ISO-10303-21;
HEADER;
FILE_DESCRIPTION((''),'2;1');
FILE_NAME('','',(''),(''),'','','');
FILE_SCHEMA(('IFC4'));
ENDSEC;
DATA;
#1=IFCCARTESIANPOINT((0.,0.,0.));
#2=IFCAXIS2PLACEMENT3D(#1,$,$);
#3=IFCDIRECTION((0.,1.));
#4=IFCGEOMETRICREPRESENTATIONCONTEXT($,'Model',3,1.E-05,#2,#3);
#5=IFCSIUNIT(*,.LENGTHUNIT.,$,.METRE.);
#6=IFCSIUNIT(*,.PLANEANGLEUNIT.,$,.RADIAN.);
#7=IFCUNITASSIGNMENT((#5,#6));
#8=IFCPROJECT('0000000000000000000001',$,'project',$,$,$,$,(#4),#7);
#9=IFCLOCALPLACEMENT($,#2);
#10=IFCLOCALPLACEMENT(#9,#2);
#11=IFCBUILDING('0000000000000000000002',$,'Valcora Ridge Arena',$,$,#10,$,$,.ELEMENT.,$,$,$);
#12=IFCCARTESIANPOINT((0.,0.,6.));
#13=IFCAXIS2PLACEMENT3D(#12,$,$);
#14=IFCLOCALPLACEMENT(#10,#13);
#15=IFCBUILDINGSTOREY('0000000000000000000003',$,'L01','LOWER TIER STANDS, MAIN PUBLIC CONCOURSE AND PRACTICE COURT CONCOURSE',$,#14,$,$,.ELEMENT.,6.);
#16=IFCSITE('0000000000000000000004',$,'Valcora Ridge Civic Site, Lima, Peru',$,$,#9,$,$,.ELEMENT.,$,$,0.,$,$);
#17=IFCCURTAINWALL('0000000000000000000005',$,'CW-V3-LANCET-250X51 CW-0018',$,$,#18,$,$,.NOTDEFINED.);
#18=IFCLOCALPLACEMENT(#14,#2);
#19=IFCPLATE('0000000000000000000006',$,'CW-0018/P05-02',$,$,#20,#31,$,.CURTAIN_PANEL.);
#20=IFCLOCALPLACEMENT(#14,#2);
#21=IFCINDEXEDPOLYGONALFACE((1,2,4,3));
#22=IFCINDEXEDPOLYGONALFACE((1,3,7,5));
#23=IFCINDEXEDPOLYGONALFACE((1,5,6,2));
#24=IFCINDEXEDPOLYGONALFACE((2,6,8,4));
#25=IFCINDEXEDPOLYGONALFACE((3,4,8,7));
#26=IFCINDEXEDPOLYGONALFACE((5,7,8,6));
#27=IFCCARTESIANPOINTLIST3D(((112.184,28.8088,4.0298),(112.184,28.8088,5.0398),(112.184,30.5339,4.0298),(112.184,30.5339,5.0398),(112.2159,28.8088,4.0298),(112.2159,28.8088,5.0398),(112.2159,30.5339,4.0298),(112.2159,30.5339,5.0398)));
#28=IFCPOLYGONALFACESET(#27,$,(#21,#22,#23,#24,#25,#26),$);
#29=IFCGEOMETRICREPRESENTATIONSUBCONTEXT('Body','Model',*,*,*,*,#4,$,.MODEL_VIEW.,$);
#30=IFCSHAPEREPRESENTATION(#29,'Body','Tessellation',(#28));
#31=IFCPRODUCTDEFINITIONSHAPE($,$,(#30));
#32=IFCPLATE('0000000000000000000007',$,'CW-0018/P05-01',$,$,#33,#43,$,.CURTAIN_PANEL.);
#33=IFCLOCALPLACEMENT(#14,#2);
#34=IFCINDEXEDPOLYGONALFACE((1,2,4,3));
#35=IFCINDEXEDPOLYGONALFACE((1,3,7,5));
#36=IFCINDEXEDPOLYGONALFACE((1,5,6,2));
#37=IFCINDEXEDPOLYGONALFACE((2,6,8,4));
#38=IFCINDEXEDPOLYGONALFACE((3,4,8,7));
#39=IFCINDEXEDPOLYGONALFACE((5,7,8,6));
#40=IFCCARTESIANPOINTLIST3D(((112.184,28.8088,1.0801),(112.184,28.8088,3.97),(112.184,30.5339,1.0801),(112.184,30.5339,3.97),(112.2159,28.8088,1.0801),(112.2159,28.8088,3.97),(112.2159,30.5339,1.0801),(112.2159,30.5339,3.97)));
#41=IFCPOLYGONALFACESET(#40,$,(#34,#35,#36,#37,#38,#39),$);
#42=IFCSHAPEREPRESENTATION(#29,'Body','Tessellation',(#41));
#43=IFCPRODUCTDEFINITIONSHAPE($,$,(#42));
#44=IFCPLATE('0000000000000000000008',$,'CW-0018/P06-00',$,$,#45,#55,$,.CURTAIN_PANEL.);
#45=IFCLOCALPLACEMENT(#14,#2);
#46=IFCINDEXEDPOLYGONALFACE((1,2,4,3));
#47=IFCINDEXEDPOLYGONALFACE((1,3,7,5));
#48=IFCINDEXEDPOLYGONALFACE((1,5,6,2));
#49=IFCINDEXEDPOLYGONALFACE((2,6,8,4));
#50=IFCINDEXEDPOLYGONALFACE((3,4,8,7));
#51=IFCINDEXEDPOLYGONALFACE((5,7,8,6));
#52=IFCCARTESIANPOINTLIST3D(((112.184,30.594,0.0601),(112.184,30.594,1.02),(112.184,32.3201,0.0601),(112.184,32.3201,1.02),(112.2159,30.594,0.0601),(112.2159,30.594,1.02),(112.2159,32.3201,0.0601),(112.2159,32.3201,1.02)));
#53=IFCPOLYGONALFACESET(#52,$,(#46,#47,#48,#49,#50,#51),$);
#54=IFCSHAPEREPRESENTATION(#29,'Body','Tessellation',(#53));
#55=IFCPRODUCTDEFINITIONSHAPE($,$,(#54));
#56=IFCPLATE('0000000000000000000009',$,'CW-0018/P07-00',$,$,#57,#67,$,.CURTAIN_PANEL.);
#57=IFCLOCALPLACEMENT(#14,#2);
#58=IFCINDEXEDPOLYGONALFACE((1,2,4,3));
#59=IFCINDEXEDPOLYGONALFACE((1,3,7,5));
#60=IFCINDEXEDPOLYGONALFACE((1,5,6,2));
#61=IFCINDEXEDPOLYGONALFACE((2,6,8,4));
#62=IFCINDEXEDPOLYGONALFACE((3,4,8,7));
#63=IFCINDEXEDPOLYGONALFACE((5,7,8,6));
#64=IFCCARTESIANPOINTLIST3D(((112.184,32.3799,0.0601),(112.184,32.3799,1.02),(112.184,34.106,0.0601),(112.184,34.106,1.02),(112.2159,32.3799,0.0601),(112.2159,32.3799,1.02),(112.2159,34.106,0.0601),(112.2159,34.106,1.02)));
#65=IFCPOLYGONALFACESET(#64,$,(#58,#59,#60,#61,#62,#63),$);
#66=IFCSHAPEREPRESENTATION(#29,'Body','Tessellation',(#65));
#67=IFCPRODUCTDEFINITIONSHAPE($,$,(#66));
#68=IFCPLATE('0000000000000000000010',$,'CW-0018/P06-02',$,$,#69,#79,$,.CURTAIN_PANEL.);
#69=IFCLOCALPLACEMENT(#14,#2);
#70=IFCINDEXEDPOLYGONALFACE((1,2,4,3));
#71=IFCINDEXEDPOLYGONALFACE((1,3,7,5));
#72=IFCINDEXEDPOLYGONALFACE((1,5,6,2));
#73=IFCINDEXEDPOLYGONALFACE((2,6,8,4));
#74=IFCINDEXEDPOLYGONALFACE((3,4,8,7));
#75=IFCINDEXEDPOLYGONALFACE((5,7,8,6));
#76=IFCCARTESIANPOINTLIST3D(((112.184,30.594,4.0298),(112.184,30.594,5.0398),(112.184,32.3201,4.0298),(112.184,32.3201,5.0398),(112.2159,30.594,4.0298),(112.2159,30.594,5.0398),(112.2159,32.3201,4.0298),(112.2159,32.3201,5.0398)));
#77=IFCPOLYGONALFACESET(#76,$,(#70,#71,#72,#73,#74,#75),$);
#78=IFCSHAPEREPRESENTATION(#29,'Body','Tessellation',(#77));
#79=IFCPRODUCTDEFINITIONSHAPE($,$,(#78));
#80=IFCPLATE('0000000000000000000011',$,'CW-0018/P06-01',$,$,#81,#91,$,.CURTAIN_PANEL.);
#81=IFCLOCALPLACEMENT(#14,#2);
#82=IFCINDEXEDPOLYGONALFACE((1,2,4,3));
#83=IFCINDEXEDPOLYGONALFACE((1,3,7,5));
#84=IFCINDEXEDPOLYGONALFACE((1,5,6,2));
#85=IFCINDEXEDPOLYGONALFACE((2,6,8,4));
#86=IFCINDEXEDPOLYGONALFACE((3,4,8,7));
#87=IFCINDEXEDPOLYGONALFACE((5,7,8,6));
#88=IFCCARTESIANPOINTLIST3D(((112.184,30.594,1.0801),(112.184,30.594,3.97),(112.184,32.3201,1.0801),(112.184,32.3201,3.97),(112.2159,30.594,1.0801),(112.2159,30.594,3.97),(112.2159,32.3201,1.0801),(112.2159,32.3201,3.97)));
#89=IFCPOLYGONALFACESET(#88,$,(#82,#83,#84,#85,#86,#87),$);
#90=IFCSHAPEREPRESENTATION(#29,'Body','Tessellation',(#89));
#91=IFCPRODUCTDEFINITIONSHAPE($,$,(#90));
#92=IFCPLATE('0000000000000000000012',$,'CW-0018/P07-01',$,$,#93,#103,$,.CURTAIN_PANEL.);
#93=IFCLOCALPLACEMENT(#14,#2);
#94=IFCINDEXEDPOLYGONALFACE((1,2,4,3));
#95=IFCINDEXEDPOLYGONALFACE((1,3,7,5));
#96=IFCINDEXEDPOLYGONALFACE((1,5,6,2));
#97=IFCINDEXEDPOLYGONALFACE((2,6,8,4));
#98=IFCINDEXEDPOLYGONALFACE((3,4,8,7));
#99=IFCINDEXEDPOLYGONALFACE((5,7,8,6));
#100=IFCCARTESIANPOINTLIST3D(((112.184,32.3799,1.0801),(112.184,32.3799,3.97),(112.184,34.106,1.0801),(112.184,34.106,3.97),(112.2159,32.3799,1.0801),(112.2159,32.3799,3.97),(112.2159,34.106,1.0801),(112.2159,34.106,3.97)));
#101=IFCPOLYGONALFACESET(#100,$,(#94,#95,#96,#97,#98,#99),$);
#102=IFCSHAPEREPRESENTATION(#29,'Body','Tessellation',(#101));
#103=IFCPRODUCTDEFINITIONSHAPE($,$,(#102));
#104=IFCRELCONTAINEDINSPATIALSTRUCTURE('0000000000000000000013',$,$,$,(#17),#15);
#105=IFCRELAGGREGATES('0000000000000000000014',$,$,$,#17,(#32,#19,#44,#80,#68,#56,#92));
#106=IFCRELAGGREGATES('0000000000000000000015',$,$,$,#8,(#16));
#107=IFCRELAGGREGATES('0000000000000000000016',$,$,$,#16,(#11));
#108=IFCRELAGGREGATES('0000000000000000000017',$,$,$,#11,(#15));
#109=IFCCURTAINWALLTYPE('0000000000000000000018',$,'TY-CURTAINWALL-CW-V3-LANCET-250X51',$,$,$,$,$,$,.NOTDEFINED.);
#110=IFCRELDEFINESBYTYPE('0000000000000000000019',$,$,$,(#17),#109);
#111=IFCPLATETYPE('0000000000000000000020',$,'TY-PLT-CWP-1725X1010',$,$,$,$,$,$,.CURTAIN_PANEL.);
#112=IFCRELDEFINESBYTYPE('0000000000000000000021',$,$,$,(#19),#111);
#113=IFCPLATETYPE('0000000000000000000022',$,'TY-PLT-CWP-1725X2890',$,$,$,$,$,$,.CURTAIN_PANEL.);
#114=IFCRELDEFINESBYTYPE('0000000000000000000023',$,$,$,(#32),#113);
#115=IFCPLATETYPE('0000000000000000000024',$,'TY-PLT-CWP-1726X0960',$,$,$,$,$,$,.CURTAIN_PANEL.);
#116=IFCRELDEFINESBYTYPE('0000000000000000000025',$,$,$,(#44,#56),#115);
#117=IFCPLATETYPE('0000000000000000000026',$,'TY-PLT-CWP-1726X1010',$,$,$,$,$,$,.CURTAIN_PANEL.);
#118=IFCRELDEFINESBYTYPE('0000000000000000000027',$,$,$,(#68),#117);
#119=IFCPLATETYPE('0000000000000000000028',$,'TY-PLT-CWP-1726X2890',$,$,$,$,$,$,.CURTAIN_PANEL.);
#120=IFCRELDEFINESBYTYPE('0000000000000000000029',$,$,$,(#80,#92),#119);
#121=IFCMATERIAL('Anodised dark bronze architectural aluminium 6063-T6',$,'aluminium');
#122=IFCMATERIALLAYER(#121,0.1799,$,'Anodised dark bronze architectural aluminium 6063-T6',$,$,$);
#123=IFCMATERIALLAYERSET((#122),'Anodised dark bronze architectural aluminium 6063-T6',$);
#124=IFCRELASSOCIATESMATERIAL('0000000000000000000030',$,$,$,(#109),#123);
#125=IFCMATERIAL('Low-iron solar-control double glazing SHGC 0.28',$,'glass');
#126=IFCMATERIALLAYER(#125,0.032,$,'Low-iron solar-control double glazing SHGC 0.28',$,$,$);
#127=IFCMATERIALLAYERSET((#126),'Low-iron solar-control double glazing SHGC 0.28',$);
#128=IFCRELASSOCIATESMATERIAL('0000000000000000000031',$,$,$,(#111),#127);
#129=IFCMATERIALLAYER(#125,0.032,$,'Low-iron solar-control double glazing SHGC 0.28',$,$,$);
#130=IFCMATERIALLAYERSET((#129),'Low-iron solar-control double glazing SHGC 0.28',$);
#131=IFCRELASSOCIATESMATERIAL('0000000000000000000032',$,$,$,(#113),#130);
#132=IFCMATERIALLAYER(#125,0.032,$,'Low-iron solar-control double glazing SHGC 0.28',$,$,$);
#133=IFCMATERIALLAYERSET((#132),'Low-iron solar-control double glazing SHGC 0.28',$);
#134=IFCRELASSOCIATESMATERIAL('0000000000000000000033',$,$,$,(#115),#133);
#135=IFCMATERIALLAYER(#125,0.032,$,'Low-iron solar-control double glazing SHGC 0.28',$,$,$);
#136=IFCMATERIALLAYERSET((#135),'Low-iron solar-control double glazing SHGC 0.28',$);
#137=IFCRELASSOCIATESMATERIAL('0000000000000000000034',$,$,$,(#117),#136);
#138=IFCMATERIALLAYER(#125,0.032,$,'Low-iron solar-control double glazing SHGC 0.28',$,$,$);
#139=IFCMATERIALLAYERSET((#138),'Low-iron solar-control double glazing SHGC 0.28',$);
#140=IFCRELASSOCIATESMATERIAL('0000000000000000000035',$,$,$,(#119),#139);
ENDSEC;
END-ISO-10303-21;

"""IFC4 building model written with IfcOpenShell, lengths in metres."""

from ifc_helpers import new_model, si_unit, direction, frame, origin, origin_2d, place, context, subcontext, project, spatial, rectangle, extrude, material, layer, layer_set, type_object, element, aggregate, save


model = new_model("IFC4")

# Units and contexts
model_context = context("Model", 3, precision=1e-05, world=origin(), true_north=direction((0.0, 1.0)))
body_context = subcontext(model_context, "Body", "Model", "MODEL_VIEW")
ifc_project = project(units=[si_unit("LENGTHUNIT", "METRE"), si_unit("PLANEANGLEUNIT", "RADIAN")], contexts=[model_context])

# Site, building, storey
site_placement = place(None, origin())
site = spatial("IfcSite", under=ifc_project, at=site_placement, Name="Valcora Ridge Civic Site, Lima, Peru", CompositionType="ELEMENT", RefElevation=0.0)
building_placement = place(site_placement, origin())
building = spatial("IfcBuilding", under=site, at=building_placement, Name="Valcora Ridge Arena", CompositionType="ELEMENT")
storey_placement = place(building_placement, frame((0.0, 0.0, 6.0)))
storey = spatial("IfcBuildingStorey", under=building, at=storey_placement, Name="L01", Description="LOWER TIER STANDS, MAIN PUBLIC CONCOURSE AND PRACTICE COURT CONCOURSE", CompositionType="ELEMENT", Elevation=6.0)

# Curtain wall, plates
ifc_material_1 = material(Name="Anodised dark bronze architectural aluminium 6063-T6", Category="aluminium")
ifc_layer_1 = layer(ifc_material_1, 0.1799, Name="Anodised dark bronze architectural aluminium 6063-T6")
ifc_layer_set_1 = layer_set([ifc_layer_1], Name="Anodised dark bronze architectural aluminium 6063-T6")
curtain_wall_type = type_object("IfcCurtainWallType", Name="TY-CURTAINWALL-CW-V3-LANCET-250X51", PredefinedType="NOTDEFINED", material=ifc_layer_set_1)
curtain_wall_placement = place(storey_placement, origin())
curtain_wall = element("IfcCurtainWall", 1, at=curtain_wall_placement, inside=storey, type_object=curtain_wall_type, Name="CW-V3-LANCET-250X51 CW-0018", PredefinedType="NOTDEFINED")
ifc_material_2 = material(Name="Low-iron solar-control double glazing SHGC 0.28", Category="glass")
ifc_layer_2 = layer(ifc_material_2, 0.032, Name="Low-iron solar-control double glazing SHGC 0.28")
ifc_layer_set_2 = layer_set([ifc_layer_2], Name="Low-iron solar-control double glazing SHGC 0.28")
plate_type_1 = type_object("IfcPlateType", Name="TY-PLT-CWP-1725X1010", PredefinedType="CURTAIN_PANEL", material=ifc_layer_set_2)
plate_1_placement = place(storey_placement, frame((112.2, 29.6714, 4.0298), z_axis=(0.0, 0.0, 1.0), x_axis=(0.0, 1.0, 0.0)))
plate_1 = element("IfcPlate", 2, at=plate_1_placement, type_object=plate_type_1, Name="CW-0018/P05-02", PredefinedType="CURTAIN_PANEL", context=body_context, shape_type="SweptSolid", body=[
    extrude(rectangle(XDim=1.7251, YDim=0.032, at=origin_2d()), origin(), (0.0, 0.0, 1.0), 1.01),
])
ifc_layer_3 = layer(ifc_material_2, 0.032, Name="Low-iron solar-control double glazing SHGC 0.28")
ifc_layer_set_3 = layer_set([ifc_layer_3], Name="Low-iron solar-control double glazing SHGC 0.28")
plate_type_2 = type_object("IfcPlateType", Name="TY-PLT-CWP-1725X2890", PredefinedType="CURTAIN_PANEL", material=ifc_layer_set_3)
plate_2_placement = place(storey_placement, frame((112.2, 29.6714, 1.0801), z_axis=(0.0, 0.0, 1.0), x_axis=(0.0, 1.0, 0.0)))
plate_2 = element("IfcPlate", 3, at=plate_2_placement, type_object=plate_type_2, Name="CW-0018/P05-01", PredefinedType="CURTAIN_PANEL", context=body_context, shape_type="SweptSolid", body=[
    extrude(rectangle(XDim=1.7251, YDim=0.032, at=origin_2d()), origin(), (0.0, 0.0, 1.0), 2.8899),
])
ifc_layer_4 = layer(ifc_material_2, 0.032, Name="Low-iron solar-control double glazing SHGC 0.28")
ifc_layer_set_4 = layer_set([ifc_layer_4], Name="Low-iron solar-control double glazing SHGC 0.28")
plate_type_3 = type_object("IfcPlateType", Name="TY-PLT-CWP-1726X0960", PredefinedType="CURTAIN_PANEL", material=ifc_layer_set_4)
plate_3_placement = place(storey_placement, frame((112.2, 31.457, 0.0601), z_axis=(0.0, 0.0, 1.0), x_axis=(0.0, 1.0, 0.0)))
plate_3 = element("IfcPlate", 4, at=plate_3_placement, type_object=plate_type_3, Name="CW-0018/P06-00", PredefinedType="CURTAIN_PANEL", context=body_context, shape_type="SweptSolid", body=[
    extrude(rectangle(XDim=1.7261, YDim=0.032, at=origin_2d()), origin(), (0.0, 0.0, 1.0), 0.96),
])
plate_4_placement = place(storey_placement, frame((112.2, 33.2429, 0.0601), z_axis=(0.0, 0.0, 1.0), x_axis=(0.0, 1.0, 0.0)))
plate_4 = element("IfcPlate", 5, at=plate_4_placement, type_object=plate_type_3, Name="CW-0018/P07-00", PredefinedType="CURTAIN_PANEL", context=body_context, shape_type="SweptSolid", body=[
    extrude(rectangle(XDim=1.7261, YDim=0.032, at=origin_2d()), origin(), (0.0, 0.0, 1.0), 0.96),
])
ifc_layer_5 = layer(ifc_material_2, 0.032, Name="Low-iron solar-control double glazing SHGC 0.28")
ifc_layer_set_5 = layer_set([ifc_layer_5], Name="Low-iron solar-control double glazing SHGC 0.28")
plate_type_4 = type_object("IfcPlateType", Name="TY-PLT-CWP-1726X1010", PredefinedType="CURTAIN_PANEL", material=ifc_layer_set_5)
plate_5_placement = place(storey_placement, frame((112.2, 31.457, 4.0298), z_axis=(0.0, 0.0, 1.0), x_axis=(0.0, 1.0, 0.0)))
plate_5 = element("IfcPlate", 6, at=plate_5_placement, type_object=plate_type_4, Name="CW-0018/P06-02", PredefinedType="CURTAIN_PANEL", context=body_context, shape_type="SweptSolid", body=[
    extrude(rectangle(XDim=1.7261, YDim=0.032, at=origin_2d()), origin(), (0.0, 0.0, 1.0), 1.01),
])
ifc_layer_6 = layer(ifc_material_2, 0.032, Name="Low-iron solar-control double glazing SHGC 0.28")
ifc_layer_set_6 = layer_set([ifc_layer_6], Name="Low-iron solar-control double glazing SHGC 0.28")
plate_type_5 = type_object("IfcPlateType", Name="TY-PLT-CWP-1726X2890", PredefinedType="CURTAIN_PANEL", material=ifc_layer_set_6)
plate_6_placement = place(storey_placement, frame((112.2, 31.457, 1.0801), z_axis=(0.0, 0.0, 1.0), x_axis=(0.0, 1.0, 0.0)))
plate_6 = element("IfcPlate", 7, at=plate_6_placement, type_object=plate_type_5, Name="CW-0018/P06-01", PredefinedType="CURTAIN_PANEL", context=body_context, shape_type="SweptSolid", body=[
    extrude(rectangle(XDim=1.7261, YDim=0.032, at=origin_2d()), origin(), (0.0, 0.0, 1.0), 2.8899),
])
plate_7_placement = place(storey_placement, frame((112.2, 33.2429, 1.0801), z_axis=(0.0, 0.0, 1.0), x_axis=(0.0, 1.0, 0.0)))
plate_7 = element("IfcPlate", 8, at=plate_7_placement, type_object=plate_type_5, Name="CW-0018/P07-01", PredefinedType="CURTAIN_PANEL", context=body_context, shape_type="SweptSolid", body=[
    extrude(rectangle(XDim=1.7261, YDim=0.032, at=origin_2d()), origin(), (0.0, 0.0, 1.0), 2.8899),
])
aggregate(curtain_wall, [plate_2, plate_1, plate_3, plate_6, plate_5, plate_4, plate_7])

save(model, "model.ifc")
